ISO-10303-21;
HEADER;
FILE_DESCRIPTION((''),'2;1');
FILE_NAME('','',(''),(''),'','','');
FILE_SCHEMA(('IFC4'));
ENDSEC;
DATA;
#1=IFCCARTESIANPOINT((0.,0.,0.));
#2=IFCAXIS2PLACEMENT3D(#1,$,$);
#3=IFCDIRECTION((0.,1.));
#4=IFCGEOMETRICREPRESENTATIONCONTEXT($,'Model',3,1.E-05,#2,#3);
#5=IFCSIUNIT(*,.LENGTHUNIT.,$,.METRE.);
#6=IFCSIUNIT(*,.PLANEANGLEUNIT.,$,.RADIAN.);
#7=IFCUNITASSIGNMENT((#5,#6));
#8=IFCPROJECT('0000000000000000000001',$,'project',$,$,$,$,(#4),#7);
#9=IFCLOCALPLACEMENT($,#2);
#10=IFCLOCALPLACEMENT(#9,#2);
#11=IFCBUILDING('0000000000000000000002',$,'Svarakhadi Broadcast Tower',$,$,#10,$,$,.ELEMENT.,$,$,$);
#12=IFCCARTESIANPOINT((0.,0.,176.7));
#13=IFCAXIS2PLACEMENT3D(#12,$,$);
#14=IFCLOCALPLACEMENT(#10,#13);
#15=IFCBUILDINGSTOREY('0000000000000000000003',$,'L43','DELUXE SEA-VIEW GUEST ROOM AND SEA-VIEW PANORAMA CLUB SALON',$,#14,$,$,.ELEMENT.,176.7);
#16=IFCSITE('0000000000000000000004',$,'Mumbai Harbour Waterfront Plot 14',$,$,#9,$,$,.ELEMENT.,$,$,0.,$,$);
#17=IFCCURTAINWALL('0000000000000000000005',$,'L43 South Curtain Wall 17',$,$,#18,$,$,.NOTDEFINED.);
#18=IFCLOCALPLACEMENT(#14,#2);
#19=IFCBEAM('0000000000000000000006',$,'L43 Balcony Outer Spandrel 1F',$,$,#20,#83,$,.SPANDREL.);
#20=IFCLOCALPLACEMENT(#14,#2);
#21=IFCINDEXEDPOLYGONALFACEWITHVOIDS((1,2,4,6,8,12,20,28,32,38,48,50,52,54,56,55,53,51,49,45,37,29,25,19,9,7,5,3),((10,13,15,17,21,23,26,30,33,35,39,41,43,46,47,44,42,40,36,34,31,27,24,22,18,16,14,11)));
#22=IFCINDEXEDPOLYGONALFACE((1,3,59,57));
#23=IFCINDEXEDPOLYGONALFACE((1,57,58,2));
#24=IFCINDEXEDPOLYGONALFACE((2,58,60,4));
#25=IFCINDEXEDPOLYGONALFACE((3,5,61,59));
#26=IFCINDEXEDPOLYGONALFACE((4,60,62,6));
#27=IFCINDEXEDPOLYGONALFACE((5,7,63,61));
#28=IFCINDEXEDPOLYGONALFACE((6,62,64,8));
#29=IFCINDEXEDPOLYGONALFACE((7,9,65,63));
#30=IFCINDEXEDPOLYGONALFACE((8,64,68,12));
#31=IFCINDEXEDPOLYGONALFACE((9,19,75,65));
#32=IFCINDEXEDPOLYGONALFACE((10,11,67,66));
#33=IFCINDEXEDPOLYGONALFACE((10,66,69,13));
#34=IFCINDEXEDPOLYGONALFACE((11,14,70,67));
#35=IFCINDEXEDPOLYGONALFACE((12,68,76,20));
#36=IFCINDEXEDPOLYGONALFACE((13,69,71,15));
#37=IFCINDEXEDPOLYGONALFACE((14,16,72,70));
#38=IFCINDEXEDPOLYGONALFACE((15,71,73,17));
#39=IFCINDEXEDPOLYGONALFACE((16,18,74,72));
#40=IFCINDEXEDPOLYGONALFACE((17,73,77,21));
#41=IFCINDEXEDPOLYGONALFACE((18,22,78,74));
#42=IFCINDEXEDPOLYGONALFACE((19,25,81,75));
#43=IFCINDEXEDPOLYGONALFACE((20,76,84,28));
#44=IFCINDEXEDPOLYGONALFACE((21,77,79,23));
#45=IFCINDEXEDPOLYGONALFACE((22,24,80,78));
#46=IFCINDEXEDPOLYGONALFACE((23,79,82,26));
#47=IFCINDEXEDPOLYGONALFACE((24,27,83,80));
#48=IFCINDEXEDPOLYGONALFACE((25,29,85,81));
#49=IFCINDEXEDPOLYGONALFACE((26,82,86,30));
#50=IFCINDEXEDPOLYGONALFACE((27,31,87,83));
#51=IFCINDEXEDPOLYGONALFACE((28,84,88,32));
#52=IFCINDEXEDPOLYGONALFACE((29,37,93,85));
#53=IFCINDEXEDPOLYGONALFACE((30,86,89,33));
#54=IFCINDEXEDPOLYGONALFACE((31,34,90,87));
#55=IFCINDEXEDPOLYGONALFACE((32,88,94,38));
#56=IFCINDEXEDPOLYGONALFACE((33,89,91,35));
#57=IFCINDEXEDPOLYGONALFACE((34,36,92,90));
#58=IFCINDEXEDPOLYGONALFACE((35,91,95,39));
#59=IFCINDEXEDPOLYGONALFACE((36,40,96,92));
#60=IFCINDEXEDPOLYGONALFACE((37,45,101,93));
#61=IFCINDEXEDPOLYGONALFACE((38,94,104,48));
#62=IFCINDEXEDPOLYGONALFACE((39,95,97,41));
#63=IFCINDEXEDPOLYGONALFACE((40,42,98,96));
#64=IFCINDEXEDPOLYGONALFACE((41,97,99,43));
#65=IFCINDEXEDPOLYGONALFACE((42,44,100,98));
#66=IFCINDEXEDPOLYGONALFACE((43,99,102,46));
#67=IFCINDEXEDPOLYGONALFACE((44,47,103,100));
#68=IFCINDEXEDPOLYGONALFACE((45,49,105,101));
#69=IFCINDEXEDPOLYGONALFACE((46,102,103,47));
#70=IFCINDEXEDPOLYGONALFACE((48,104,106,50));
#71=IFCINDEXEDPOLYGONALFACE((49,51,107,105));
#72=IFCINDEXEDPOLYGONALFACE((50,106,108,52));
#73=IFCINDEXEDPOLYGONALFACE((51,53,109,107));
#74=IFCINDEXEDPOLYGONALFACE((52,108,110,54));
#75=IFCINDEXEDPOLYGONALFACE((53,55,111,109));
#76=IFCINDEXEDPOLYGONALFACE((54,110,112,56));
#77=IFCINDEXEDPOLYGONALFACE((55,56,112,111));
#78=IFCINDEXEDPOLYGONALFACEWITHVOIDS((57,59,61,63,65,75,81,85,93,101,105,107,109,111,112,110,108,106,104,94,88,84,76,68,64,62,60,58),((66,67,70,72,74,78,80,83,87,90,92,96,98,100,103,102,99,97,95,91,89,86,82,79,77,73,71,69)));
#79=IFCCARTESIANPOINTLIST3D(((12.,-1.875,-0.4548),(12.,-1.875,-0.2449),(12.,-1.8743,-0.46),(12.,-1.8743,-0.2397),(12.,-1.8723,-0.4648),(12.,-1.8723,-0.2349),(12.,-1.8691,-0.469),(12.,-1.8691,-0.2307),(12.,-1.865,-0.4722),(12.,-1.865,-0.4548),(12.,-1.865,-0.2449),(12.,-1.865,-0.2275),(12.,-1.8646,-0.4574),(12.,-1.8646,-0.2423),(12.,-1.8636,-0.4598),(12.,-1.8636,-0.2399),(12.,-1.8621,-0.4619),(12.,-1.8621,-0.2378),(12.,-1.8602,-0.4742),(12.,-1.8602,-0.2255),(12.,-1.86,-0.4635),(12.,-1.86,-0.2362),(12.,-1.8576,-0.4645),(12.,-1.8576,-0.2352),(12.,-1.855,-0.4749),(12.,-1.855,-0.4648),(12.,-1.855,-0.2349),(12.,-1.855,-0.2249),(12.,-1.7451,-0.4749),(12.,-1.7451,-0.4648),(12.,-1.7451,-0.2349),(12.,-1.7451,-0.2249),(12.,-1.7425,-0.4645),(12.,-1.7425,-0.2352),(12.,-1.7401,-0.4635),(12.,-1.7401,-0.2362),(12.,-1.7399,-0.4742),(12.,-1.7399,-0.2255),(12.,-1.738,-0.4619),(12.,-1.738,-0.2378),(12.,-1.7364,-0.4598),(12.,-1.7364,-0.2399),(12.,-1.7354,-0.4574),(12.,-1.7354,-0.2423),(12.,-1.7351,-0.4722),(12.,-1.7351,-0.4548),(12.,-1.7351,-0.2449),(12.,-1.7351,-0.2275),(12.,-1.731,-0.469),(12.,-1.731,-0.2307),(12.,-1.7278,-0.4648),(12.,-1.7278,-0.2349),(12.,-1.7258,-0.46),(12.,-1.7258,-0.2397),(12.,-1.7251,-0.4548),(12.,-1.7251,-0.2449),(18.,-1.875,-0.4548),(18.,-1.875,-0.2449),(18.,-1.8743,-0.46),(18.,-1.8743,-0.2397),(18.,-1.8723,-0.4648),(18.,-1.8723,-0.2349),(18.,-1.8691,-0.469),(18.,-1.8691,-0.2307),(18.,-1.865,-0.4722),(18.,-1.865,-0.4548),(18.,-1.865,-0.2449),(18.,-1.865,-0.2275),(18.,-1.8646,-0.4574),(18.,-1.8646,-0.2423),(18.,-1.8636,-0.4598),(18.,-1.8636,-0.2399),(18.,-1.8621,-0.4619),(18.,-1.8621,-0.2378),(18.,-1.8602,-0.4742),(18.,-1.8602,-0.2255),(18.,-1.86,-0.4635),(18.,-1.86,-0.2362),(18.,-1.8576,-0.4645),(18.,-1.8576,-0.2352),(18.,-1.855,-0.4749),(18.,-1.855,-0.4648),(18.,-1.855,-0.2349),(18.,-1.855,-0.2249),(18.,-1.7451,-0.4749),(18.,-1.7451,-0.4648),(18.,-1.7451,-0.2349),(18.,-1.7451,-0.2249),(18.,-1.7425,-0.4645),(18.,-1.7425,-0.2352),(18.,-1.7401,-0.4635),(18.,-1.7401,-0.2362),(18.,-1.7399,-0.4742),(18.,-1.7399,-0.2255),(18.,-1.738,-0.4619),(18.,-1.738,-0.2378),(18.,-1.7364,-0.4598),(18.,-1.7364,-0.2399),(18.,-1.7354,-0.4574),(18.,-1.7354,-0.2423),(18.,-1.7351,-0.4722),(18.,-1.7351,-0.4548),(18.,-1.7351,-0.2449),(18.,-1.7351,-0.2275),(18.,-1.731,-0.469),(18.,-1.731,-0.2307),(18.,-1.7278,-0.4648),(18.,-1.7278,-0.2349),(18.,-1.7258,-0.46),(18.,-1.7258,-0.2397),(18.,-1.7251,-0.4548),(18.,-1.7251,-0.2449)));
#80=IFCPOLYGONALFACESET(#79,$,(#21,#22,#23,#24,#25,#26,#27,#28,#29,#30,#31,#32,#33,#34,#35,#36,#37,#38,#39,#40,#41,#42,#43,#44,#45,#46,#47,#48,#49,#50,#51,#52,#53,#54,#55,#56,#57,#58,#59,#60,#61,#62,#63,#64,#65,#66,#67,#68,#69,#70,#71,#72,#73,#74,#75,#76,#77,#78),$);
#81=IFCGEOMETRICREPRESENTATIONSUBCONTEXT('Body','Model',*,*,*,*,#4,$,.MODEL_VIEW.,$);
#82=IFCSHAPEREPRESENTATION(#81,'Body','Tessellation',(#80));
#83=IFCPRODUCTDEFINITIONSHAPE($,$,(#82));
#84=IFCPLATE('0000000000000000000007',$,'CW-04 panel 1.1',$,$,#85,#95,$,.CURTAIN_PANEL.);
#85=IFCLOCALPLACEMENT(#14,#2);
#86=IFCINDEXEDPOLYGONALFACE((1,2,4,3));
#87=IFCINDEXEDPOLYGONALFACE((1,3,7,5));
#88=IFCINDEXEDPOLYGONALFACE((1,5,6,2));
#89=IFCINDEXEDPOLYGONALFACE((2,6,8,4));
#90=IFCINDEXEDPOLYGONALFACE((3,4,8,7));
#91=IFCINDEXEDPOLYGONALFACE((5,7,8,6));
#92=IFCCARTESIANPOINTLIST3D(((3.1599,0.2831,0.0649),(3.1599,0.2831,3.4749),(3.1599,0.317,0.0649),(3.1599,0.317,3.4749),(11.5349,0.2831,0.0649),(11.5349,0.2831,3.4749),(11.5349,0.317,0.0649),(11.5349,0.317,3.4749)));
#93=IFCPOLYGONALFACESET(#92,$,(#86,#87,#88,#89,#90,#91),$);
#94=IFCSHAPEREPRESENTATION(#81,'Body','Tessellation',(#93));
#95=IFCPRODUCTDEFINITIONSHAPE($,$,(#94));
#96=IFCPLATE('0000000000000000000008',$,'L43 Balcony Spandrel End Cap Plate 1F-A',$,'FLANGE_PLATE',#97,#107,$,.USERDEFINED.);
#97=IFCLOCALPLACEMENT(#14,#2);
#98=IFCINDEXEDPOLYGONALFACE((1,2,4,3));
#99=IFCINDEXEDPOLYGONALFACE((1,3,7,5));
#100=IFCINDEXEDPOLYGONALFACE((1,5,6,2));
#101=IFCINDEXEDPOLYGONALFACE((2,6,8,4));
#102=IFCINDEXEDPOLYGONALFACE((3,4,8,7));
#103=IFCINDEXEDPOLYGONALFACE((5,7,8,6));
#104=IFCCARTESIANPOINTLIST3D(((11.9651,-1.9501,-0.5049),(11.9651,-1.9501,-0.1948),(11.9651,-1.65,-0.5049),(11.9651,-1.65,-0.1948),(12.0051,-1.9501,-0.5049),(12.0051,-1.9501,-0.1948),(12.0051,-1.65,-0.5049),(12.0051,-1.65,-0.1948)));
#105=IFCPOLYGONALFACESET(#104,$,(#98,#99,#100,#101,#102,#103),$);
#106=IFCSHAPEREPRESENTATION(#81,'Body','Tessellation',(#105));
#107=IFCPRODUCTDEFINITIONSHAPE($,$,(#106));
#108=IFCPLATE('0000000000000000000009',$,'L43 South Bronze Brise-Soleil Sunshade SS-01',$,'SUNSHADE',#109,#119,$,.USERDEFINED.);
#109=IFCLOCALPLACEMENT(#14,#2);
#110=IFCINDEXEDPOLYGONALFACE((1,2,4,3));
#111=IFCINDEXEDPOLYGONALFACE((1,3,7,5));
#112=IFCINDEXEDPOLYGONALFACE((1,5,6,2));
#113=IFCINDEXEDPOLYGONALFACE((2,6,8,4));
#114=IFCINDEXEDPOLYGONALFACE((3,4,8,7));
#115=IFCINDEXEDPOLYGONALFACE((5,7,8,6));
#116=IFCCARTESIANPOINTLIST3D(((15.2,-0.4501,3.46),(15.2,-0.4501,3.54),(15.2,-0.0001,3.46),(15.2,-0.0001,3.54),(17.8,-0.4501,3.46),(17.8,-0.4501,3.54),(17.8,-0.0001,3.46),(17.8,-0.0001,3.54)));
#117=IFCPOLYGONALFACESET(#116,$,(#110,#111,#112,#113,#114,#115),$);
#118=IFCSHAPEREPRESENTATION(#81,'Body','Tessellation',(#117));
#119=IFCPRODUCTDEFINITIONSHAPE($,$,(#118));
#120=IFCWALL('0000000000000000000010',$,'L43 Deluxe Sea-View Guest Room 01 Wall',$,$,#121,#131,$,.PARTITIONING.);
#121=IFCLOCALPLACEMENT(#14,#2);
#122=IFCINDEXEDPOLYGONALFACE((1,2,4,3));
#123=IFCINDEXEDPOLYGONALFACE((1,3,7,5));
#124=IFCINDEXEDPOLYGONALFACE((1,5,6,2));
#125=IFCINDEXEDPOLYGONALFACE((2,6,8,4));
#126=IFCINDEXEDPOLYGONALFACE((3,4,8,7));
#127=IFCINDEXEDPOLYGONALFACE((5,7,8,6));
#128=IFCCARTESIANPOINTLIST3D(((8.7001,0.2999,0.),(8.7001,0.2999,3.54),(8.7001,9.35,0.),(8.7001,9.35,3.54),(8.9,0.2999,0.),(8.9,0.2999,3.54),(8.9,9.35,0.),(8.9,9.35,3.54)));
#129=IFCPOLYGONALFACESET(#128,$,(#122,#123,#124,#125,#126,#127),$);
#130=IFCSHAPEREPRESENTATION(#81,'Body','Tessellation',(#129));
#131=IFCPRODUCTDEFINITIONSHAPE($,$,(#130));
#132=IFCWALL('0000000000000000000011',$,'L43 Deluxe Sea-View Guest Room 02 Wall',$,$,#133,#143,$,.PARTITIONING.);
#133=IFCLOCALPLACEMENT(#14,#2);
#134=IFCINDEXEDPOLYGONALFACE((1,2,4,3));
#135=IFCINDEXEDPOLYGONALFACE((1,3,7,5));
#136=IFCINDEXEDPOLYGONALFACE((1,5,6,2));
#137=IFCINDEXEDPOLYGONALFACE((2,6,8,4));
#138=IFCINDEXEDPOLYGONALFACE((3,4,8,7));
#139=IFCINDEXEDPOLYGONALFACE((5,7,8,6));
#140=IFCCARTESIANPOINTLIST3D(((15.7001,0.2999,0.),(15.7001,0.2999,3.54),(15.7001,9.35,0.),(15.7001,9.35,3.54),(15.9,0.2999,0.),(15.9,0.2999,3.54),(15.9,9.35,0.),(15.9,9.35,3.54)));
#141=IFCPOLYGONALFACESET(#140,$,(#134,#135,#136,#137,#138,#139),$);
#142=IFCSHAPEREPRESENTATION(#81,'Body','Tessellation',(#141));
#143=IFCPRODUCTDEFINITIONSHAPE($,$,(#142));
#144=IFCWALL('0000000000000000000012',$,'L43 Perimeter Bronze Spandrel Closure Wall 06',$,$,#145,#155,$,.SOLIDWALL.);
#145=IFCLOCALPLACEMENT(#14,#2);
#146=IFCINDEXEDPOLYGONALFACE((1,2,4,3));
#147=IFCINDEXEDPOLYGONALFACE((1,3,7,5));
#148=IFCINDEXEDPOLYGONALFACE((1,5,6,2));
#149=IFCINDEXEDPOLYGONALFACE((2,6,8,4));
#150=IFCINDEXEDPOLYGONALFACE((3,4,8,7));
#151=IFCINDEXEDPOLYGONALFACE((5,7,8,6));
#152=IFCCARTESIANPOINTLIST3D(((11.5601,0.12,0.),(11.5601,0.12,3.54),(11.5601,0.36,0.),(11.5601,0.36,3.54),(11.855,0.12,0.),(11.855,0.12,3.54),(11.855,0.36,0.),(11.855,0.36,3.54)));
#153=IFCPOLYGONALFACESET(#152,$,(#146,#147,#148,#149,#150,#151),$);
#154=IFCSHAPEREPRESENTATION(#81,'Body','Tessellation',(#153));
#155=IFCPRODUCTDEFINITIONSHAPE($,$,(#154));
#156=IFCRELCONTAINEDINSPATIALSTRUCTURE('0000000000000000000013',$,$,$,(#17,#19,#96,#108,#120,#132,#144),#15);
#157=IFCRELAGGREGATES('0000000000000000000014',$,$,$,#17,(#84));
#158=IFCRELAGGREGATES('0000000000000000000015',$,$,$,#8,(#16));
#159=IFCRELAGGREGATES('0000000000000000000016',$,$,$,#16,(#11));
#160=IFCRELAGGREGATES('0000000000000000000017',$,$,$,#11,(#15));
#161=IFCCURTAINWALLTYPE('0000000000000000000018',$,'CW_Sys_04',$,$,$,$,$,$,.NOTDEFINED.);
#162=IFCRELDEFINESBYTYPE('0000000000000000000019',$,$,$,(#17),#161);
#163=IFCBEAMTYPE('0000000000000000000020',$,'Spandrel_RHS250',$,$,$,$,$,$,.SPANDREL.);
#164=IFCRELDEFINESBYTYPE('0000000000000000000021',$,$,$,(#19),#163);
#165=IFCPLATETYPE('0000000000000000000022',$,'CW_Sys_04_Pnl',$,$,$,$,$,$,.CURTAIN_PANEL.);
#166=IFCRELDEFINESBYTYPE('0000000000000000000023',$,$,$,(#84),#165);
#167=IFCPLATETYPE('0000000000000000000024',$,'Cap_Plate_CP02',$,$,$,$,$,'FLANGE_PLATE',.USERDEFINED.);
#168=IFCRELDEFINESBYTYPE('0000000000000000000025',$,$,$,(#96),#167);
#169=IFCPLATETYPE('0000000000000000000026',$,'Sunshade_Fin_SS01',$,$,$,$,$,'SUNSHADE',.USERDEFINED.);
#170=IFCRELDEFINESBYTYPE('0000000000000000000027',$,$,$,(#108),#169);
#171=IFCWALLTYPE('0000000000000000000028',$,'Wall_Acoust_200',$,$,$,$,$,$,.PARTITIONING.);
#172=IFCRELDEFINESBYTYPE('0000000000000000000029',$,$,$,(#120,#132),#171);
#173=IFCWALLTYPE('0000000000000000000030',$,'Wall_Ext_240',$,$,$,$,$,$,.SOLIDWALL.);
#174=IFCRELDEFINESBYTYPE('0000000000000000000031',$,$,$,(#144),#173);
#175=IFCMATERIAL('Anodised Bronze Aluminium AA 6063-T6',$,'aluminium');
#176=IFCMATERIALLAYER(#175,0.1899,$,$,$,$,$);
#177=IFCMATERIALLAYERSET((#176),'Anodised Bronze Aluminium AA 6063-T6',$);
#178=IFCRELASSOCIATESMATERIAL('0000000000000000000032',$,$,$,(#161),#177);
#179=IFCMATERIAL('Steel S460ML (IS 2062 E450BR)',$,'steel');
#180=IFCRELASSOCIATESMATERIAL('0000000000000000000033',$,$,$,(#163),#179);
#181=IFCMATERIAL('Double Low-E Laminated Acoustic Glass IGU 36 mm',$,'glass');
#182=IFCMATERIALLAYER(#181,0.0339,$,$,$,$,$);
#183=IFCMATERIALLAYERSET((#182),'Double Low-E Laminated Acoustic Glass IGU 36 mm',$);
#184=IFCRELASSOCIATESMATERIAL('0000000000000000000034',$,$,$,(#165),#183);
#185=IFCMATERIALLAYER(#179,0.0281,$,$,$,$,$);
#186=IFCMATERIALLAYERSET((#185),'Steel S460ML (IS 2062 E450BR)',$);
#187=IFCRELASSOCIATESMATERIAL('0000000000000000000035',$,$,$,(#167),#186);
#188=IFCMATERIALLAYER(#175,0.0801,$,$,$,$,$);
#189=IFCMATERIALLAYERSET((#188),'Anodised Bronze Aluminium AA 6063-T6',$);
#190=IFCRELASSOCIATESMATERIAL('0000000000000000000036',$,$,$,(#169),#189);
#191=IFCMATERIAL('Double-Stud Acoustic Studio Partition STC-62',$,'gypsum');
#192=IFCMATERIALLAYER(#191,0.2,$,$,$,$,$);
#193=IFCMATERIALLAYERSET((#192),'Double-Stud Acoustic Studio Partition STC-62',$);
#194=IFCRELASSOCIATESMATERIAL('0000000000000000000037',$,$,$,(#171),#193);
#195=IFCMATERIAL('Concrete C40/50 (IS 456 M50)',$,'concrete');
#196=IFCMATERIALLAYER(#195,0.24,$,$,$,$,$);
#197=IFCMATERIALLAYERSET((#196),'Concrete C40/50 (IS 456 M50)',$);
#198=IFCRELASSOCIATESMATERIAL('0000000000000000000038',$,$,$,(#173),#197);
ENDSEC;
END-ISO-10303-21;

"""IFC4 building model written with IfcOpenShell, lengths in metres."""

from ifc_helpers import new_model, si_unit, direction, frame, frame_2d, origin, origin_2d, place, context, subcontext, project, spatial, rectangle, hollow_rectangle, extrude, material, layer, layer_set, material_profile, profile_set, type_object, element, aggregate, save


model = new_model("IFC4")

# Units and contexts
model_context = context("Model", 3, precision=1e-05, world=origin(), true_north=direction((0.0, 1.0)))
body_context = subcontext(model_context, "Body", "Model", "MODEL_VIEW")
ifc_project = project(units=[si_unit("LENGTHUNIT", "METRE"), si_unit("PLANEANGLEUNIT", "RADIAN")], contexts=[model_context])

# Site, building, storey
site_placement = place(None, origin())
site = spatial("IfcSite", under=ifc_project, at=site_placement, Name="Mumbai Harbour Waterfront Plot 14", CompositionType="ELEMENT", RefElevation=0.0)
building_placement = place(site_placement, origin())
building = spatial("IfcBuilding", under=site, at=building_placement, Name="Svarakhadi Broadcast Tower", CompositionType="ELEMENT")
storey_placement = place(building_placement, frame((0.0, 0.0, 176.7)))
storey = spatial("IfcBuildingStorey", under=building, at=storey_placement, Name="L43", Description="DELUXE SEA-VIEW GUEST ROOM AND SEA-VIEW PANORAMA CLUB SALON", CompositionType="ELEMENT", Elevation=176.7)

# Shared definitions
ifc_material_1 = material(Name="Steel S460ML (IS 2062 E450BR)", Category="steel")

# Curtain wall
ifc_material_2 = material(Name="Anodised Bronze Aluminium AA 6063-T6", Category="aluminium")
ifc_layer_1 = layer(ifc_material_2, 0.1899)
ifc_layer_set_1 = layer_set([ifc_layer_1], Name="Anodised Bronze Aluminium AA 6063-T6")
curtain_wall_type = type_object("IfcCurtainWallType", Name="CW_Sys_04", PredefinedType="NOTDEFINED", material=ifc_layer_set_1)
curtain_wall_placement = place(storey_placement, origin())
curtain_wall = element("IfcCurtainWall", 1, at=curtain_wall_placement, inside=storey, type_object=curtain_wall_type, Name="L43 South Curtain Wall 17", PredefinedType="NOTDEFINED")

# Beam
ifc_material_profile_1 = material_profile(ifc_material_1, hollow_rectangle(XDim=0.1499, YDim=0.25, WallThickness=0.01, InnerFilletRadius=0.01, OuterFilletRadius=0.02, at=origin_2d()), Name="RHS 250x150x10")
ifc_profile_set_1 = profile_set([ifc_material_profile_1], Name="Steel S460ML (IS 2062 E450BR)")
beam_type_1 = type_object("IfcBeamType", Name="Spandrel_RHS250", PredefinedType="SPANDREL", material=ifc_profile_set_1)
beam_1_placement = place(storey_placement, frame((12.0, -1.8, -0.3499), z_axis=(1.0, 0.0, 0.0), x_axis=(0.0, 1.0, 0.0)))
element("IfcBeam", 2, at=beam_1_placement, inside=storey, type_object=beam_type_1, Name="L43 Balcony Outer Spandrel 1F", PredefinedType="SPANDREL", context=body_context, shape_type="SweptSolid", body=[
    extrude(hollow_rectangle(XDim=0.1499, YDim=0.25, WallThickness=0.01, InnerFilletRadius=0.01, OuterFilletRadius=0.02, at=origin_2d()), origin(), (0.0, 0.0, 1.0), 6.0),
])

# Plate
ifc_material_3 = material(Name="Double Low-E Laminated Acoustic Glass IGU 36 mm", Category="glass")
ifc_layer_2 = layer(ifc_material_3, 0.0339)
ifc_layer_set_2 = layer_set([ifc_layer_2], Name="Double Low-E Laminated Acoustic Glass IGU 36 mm")
plate_type_1 = type_object("IfcPlateType", Name="CW_Sys_04_Pnl", PredefinedType="CURTAIN_PANEL", material=ifc_layer_set_2)
plate_1_placement = place(storey_placement, frame((7.3474, 0.3, 0.0649), z_axis=(0.0, 0.0, 1.0), x_axis=(-1.0, 0.0, 0.0)))
plate_1 = element("IfcPlate", 3, at=plate_1_placement, type_object=plate_type_1, Name="CW-04 panel 1.1", PredefinedType="CURTAIN_PANEL", context=body_context, shape_type="SweptSolid", body=[
    extrude(rectangle(XDim=8.375, YDim=0.0339, at=origin_2d()), origin(), (0.0, 0.0, 1.0), 3.4099),
])
aggregate(curtain_wall, [plate_1])

# Plates
ifc_layer_3 = layer(ifc_material_1, 0.0281)
ifc_layer_set_3 = layer_set([ifc_layer_3], Name="Steel S460ML (IS 2062 E450BR)")
plate_type_2 = type_object("IfcPlateType", Name="Cap_Plate_CP02", ElementType="FLANGE_PLATE", PredefinedType="USERDEFINED", material=ifc_layer_set_3)
plate_2_placement = place(storey_placement, frame((11.9851, -1.8, -0.5049), z_axis=(0.0, 0.0, 1.0), x_axis=(1.0, 0.0, 0.0)))
element("IfcPlate", 4, at=plate_2_placement, inside=storey, type_object=plate_type_2, Name="L43 Balcony Spandrel End Cap Plate 1F-A", ObjectType="FLANGE_PLATE", PredefinedType="USERDEFINED", context=body_context, shape_type="SweptSolid", body=[
    extrude(rectangle(XDim=0.04, YDim=0.3, at=origin_2d()), origin(), (0.0, 0.0, 1.0), 0.3101),
])
ifc_layer_4 = layer(ifc_material_2, 0.0801)
ifc_layer_set_4 = layer_set([ifc_layer_4], Name="Anodised Bronze Aluminium AA 6063-T6")
plate_type_3 = type_object("IfcPlateType", Name="Sunshade_Fin_SS01", ElementType="SUNSHADE", PredefinedType="USERDEFINED", material=ifc_layer_set_4)
plate_3_placement = place(storey_placement, frame((16.5, -0.2251, 3.46), z_axis=(0.0, 0.0, 1.0), x_axis=(1.0, 0.0, 0.0)))
element("IfcPlate", 5, at=plate_3_placement, inside=storey, type_object=plate_type_3, Name="L43 South Bronze Brise-Soleil Sunshade SS-01", ObjectType="SUNSHADE", PredefinedType="USERDEFINED", context=body_context, shape_type="SweptSolid", body=[
    extrude(rectangle(XDim=2.6001, YDim=0.45, at=origin_2d()), origin(), (0.0, 0.0, 1.0), 0.0801),
])

# Walls
ifc_material_4 = material(Name="Double-Stud Acoustic Studio Partition STC-62", Category="gypsum")
ifc_layer_5 = layer(ifc_material_4, 0.2)
ifc_layer_set_5 = layer_set([ifc_layer_5], Name="Double-Stud Acoustic Studio Partition STC-62")
wall_type_1 = type_object("IfcWallType", Name="Wall_Acoust_200", PredefinedType="PARTITIONING", material=ifc_layer_set_5)
for number, where, z_axis, x_axis, name in (
    (6, (8.8, 0.3, 0.0), (0.0, 0.0, 1.0), (0.0, 1.0, 0.0), "L43 Deluxe Sea-View Guest Room 01 Wall"),
    (7, (15.8, 0.3, 0.0), (0.0, 0.0, 1.0), (0.0, 1.0, 0.0), "L43 Deluxe Sea-View Guest Room 02 Wall"),
):
    element("IfcWall", number, at=place(storey_placement, frame(where, z_axis=z_axis, x_axis=x_axis)), inside=storey, type_object=wall_type_1, Name=name, PredefinedType="PARTITIONING", context=body_context, shape_type="SweptSolid", body=[
        extrude(rectangle(XDim=9.05, YDim=0.2, at=frame_2d((4.5249, 0.0))), origin(), (0.0, 0.0, 1.0), 3.54),
    ])
ifc_material_5 = material(Name="Concrete C40/50 (IS 456 M50)", Category="concrete")
ifc_layer_6 = layer(ifc_material_5, 0.24)
ifc_layer_set_6 = layer_set([ifc_layer_6], Name="Concrete C40/50 (IS 456 M50)")
wall_type_2 = type_object("IfcWallType", Name="Wall_Ext_240", PredefinedType="SOLIDWALL", material=ifc_layer_set_6)
wall_placement = place(storey_placement, frame((11.855, 0.24, 0.0), z_axis=(0.0, 0.0, 1.0), x_axis=(-1.0, 0.0, 0.0)))
element("IfcWall", 8, at=wall_placement, inside=storey, type_object=wall_type_2, Name="L43 Perimeter Bronze Spandrel Closure Wall 06", PredefinedType="SOLIDWALL", context=body_context, shape_type="SweptSolid", body=[
    extrude(rectangle(XDim=0.2949, YDim=0.24, at=frame_2d((0.1475, 0.0))), origin(), (0.0, 0.0, 1.0), 3.54),
])

save(model, "model.ifc")
